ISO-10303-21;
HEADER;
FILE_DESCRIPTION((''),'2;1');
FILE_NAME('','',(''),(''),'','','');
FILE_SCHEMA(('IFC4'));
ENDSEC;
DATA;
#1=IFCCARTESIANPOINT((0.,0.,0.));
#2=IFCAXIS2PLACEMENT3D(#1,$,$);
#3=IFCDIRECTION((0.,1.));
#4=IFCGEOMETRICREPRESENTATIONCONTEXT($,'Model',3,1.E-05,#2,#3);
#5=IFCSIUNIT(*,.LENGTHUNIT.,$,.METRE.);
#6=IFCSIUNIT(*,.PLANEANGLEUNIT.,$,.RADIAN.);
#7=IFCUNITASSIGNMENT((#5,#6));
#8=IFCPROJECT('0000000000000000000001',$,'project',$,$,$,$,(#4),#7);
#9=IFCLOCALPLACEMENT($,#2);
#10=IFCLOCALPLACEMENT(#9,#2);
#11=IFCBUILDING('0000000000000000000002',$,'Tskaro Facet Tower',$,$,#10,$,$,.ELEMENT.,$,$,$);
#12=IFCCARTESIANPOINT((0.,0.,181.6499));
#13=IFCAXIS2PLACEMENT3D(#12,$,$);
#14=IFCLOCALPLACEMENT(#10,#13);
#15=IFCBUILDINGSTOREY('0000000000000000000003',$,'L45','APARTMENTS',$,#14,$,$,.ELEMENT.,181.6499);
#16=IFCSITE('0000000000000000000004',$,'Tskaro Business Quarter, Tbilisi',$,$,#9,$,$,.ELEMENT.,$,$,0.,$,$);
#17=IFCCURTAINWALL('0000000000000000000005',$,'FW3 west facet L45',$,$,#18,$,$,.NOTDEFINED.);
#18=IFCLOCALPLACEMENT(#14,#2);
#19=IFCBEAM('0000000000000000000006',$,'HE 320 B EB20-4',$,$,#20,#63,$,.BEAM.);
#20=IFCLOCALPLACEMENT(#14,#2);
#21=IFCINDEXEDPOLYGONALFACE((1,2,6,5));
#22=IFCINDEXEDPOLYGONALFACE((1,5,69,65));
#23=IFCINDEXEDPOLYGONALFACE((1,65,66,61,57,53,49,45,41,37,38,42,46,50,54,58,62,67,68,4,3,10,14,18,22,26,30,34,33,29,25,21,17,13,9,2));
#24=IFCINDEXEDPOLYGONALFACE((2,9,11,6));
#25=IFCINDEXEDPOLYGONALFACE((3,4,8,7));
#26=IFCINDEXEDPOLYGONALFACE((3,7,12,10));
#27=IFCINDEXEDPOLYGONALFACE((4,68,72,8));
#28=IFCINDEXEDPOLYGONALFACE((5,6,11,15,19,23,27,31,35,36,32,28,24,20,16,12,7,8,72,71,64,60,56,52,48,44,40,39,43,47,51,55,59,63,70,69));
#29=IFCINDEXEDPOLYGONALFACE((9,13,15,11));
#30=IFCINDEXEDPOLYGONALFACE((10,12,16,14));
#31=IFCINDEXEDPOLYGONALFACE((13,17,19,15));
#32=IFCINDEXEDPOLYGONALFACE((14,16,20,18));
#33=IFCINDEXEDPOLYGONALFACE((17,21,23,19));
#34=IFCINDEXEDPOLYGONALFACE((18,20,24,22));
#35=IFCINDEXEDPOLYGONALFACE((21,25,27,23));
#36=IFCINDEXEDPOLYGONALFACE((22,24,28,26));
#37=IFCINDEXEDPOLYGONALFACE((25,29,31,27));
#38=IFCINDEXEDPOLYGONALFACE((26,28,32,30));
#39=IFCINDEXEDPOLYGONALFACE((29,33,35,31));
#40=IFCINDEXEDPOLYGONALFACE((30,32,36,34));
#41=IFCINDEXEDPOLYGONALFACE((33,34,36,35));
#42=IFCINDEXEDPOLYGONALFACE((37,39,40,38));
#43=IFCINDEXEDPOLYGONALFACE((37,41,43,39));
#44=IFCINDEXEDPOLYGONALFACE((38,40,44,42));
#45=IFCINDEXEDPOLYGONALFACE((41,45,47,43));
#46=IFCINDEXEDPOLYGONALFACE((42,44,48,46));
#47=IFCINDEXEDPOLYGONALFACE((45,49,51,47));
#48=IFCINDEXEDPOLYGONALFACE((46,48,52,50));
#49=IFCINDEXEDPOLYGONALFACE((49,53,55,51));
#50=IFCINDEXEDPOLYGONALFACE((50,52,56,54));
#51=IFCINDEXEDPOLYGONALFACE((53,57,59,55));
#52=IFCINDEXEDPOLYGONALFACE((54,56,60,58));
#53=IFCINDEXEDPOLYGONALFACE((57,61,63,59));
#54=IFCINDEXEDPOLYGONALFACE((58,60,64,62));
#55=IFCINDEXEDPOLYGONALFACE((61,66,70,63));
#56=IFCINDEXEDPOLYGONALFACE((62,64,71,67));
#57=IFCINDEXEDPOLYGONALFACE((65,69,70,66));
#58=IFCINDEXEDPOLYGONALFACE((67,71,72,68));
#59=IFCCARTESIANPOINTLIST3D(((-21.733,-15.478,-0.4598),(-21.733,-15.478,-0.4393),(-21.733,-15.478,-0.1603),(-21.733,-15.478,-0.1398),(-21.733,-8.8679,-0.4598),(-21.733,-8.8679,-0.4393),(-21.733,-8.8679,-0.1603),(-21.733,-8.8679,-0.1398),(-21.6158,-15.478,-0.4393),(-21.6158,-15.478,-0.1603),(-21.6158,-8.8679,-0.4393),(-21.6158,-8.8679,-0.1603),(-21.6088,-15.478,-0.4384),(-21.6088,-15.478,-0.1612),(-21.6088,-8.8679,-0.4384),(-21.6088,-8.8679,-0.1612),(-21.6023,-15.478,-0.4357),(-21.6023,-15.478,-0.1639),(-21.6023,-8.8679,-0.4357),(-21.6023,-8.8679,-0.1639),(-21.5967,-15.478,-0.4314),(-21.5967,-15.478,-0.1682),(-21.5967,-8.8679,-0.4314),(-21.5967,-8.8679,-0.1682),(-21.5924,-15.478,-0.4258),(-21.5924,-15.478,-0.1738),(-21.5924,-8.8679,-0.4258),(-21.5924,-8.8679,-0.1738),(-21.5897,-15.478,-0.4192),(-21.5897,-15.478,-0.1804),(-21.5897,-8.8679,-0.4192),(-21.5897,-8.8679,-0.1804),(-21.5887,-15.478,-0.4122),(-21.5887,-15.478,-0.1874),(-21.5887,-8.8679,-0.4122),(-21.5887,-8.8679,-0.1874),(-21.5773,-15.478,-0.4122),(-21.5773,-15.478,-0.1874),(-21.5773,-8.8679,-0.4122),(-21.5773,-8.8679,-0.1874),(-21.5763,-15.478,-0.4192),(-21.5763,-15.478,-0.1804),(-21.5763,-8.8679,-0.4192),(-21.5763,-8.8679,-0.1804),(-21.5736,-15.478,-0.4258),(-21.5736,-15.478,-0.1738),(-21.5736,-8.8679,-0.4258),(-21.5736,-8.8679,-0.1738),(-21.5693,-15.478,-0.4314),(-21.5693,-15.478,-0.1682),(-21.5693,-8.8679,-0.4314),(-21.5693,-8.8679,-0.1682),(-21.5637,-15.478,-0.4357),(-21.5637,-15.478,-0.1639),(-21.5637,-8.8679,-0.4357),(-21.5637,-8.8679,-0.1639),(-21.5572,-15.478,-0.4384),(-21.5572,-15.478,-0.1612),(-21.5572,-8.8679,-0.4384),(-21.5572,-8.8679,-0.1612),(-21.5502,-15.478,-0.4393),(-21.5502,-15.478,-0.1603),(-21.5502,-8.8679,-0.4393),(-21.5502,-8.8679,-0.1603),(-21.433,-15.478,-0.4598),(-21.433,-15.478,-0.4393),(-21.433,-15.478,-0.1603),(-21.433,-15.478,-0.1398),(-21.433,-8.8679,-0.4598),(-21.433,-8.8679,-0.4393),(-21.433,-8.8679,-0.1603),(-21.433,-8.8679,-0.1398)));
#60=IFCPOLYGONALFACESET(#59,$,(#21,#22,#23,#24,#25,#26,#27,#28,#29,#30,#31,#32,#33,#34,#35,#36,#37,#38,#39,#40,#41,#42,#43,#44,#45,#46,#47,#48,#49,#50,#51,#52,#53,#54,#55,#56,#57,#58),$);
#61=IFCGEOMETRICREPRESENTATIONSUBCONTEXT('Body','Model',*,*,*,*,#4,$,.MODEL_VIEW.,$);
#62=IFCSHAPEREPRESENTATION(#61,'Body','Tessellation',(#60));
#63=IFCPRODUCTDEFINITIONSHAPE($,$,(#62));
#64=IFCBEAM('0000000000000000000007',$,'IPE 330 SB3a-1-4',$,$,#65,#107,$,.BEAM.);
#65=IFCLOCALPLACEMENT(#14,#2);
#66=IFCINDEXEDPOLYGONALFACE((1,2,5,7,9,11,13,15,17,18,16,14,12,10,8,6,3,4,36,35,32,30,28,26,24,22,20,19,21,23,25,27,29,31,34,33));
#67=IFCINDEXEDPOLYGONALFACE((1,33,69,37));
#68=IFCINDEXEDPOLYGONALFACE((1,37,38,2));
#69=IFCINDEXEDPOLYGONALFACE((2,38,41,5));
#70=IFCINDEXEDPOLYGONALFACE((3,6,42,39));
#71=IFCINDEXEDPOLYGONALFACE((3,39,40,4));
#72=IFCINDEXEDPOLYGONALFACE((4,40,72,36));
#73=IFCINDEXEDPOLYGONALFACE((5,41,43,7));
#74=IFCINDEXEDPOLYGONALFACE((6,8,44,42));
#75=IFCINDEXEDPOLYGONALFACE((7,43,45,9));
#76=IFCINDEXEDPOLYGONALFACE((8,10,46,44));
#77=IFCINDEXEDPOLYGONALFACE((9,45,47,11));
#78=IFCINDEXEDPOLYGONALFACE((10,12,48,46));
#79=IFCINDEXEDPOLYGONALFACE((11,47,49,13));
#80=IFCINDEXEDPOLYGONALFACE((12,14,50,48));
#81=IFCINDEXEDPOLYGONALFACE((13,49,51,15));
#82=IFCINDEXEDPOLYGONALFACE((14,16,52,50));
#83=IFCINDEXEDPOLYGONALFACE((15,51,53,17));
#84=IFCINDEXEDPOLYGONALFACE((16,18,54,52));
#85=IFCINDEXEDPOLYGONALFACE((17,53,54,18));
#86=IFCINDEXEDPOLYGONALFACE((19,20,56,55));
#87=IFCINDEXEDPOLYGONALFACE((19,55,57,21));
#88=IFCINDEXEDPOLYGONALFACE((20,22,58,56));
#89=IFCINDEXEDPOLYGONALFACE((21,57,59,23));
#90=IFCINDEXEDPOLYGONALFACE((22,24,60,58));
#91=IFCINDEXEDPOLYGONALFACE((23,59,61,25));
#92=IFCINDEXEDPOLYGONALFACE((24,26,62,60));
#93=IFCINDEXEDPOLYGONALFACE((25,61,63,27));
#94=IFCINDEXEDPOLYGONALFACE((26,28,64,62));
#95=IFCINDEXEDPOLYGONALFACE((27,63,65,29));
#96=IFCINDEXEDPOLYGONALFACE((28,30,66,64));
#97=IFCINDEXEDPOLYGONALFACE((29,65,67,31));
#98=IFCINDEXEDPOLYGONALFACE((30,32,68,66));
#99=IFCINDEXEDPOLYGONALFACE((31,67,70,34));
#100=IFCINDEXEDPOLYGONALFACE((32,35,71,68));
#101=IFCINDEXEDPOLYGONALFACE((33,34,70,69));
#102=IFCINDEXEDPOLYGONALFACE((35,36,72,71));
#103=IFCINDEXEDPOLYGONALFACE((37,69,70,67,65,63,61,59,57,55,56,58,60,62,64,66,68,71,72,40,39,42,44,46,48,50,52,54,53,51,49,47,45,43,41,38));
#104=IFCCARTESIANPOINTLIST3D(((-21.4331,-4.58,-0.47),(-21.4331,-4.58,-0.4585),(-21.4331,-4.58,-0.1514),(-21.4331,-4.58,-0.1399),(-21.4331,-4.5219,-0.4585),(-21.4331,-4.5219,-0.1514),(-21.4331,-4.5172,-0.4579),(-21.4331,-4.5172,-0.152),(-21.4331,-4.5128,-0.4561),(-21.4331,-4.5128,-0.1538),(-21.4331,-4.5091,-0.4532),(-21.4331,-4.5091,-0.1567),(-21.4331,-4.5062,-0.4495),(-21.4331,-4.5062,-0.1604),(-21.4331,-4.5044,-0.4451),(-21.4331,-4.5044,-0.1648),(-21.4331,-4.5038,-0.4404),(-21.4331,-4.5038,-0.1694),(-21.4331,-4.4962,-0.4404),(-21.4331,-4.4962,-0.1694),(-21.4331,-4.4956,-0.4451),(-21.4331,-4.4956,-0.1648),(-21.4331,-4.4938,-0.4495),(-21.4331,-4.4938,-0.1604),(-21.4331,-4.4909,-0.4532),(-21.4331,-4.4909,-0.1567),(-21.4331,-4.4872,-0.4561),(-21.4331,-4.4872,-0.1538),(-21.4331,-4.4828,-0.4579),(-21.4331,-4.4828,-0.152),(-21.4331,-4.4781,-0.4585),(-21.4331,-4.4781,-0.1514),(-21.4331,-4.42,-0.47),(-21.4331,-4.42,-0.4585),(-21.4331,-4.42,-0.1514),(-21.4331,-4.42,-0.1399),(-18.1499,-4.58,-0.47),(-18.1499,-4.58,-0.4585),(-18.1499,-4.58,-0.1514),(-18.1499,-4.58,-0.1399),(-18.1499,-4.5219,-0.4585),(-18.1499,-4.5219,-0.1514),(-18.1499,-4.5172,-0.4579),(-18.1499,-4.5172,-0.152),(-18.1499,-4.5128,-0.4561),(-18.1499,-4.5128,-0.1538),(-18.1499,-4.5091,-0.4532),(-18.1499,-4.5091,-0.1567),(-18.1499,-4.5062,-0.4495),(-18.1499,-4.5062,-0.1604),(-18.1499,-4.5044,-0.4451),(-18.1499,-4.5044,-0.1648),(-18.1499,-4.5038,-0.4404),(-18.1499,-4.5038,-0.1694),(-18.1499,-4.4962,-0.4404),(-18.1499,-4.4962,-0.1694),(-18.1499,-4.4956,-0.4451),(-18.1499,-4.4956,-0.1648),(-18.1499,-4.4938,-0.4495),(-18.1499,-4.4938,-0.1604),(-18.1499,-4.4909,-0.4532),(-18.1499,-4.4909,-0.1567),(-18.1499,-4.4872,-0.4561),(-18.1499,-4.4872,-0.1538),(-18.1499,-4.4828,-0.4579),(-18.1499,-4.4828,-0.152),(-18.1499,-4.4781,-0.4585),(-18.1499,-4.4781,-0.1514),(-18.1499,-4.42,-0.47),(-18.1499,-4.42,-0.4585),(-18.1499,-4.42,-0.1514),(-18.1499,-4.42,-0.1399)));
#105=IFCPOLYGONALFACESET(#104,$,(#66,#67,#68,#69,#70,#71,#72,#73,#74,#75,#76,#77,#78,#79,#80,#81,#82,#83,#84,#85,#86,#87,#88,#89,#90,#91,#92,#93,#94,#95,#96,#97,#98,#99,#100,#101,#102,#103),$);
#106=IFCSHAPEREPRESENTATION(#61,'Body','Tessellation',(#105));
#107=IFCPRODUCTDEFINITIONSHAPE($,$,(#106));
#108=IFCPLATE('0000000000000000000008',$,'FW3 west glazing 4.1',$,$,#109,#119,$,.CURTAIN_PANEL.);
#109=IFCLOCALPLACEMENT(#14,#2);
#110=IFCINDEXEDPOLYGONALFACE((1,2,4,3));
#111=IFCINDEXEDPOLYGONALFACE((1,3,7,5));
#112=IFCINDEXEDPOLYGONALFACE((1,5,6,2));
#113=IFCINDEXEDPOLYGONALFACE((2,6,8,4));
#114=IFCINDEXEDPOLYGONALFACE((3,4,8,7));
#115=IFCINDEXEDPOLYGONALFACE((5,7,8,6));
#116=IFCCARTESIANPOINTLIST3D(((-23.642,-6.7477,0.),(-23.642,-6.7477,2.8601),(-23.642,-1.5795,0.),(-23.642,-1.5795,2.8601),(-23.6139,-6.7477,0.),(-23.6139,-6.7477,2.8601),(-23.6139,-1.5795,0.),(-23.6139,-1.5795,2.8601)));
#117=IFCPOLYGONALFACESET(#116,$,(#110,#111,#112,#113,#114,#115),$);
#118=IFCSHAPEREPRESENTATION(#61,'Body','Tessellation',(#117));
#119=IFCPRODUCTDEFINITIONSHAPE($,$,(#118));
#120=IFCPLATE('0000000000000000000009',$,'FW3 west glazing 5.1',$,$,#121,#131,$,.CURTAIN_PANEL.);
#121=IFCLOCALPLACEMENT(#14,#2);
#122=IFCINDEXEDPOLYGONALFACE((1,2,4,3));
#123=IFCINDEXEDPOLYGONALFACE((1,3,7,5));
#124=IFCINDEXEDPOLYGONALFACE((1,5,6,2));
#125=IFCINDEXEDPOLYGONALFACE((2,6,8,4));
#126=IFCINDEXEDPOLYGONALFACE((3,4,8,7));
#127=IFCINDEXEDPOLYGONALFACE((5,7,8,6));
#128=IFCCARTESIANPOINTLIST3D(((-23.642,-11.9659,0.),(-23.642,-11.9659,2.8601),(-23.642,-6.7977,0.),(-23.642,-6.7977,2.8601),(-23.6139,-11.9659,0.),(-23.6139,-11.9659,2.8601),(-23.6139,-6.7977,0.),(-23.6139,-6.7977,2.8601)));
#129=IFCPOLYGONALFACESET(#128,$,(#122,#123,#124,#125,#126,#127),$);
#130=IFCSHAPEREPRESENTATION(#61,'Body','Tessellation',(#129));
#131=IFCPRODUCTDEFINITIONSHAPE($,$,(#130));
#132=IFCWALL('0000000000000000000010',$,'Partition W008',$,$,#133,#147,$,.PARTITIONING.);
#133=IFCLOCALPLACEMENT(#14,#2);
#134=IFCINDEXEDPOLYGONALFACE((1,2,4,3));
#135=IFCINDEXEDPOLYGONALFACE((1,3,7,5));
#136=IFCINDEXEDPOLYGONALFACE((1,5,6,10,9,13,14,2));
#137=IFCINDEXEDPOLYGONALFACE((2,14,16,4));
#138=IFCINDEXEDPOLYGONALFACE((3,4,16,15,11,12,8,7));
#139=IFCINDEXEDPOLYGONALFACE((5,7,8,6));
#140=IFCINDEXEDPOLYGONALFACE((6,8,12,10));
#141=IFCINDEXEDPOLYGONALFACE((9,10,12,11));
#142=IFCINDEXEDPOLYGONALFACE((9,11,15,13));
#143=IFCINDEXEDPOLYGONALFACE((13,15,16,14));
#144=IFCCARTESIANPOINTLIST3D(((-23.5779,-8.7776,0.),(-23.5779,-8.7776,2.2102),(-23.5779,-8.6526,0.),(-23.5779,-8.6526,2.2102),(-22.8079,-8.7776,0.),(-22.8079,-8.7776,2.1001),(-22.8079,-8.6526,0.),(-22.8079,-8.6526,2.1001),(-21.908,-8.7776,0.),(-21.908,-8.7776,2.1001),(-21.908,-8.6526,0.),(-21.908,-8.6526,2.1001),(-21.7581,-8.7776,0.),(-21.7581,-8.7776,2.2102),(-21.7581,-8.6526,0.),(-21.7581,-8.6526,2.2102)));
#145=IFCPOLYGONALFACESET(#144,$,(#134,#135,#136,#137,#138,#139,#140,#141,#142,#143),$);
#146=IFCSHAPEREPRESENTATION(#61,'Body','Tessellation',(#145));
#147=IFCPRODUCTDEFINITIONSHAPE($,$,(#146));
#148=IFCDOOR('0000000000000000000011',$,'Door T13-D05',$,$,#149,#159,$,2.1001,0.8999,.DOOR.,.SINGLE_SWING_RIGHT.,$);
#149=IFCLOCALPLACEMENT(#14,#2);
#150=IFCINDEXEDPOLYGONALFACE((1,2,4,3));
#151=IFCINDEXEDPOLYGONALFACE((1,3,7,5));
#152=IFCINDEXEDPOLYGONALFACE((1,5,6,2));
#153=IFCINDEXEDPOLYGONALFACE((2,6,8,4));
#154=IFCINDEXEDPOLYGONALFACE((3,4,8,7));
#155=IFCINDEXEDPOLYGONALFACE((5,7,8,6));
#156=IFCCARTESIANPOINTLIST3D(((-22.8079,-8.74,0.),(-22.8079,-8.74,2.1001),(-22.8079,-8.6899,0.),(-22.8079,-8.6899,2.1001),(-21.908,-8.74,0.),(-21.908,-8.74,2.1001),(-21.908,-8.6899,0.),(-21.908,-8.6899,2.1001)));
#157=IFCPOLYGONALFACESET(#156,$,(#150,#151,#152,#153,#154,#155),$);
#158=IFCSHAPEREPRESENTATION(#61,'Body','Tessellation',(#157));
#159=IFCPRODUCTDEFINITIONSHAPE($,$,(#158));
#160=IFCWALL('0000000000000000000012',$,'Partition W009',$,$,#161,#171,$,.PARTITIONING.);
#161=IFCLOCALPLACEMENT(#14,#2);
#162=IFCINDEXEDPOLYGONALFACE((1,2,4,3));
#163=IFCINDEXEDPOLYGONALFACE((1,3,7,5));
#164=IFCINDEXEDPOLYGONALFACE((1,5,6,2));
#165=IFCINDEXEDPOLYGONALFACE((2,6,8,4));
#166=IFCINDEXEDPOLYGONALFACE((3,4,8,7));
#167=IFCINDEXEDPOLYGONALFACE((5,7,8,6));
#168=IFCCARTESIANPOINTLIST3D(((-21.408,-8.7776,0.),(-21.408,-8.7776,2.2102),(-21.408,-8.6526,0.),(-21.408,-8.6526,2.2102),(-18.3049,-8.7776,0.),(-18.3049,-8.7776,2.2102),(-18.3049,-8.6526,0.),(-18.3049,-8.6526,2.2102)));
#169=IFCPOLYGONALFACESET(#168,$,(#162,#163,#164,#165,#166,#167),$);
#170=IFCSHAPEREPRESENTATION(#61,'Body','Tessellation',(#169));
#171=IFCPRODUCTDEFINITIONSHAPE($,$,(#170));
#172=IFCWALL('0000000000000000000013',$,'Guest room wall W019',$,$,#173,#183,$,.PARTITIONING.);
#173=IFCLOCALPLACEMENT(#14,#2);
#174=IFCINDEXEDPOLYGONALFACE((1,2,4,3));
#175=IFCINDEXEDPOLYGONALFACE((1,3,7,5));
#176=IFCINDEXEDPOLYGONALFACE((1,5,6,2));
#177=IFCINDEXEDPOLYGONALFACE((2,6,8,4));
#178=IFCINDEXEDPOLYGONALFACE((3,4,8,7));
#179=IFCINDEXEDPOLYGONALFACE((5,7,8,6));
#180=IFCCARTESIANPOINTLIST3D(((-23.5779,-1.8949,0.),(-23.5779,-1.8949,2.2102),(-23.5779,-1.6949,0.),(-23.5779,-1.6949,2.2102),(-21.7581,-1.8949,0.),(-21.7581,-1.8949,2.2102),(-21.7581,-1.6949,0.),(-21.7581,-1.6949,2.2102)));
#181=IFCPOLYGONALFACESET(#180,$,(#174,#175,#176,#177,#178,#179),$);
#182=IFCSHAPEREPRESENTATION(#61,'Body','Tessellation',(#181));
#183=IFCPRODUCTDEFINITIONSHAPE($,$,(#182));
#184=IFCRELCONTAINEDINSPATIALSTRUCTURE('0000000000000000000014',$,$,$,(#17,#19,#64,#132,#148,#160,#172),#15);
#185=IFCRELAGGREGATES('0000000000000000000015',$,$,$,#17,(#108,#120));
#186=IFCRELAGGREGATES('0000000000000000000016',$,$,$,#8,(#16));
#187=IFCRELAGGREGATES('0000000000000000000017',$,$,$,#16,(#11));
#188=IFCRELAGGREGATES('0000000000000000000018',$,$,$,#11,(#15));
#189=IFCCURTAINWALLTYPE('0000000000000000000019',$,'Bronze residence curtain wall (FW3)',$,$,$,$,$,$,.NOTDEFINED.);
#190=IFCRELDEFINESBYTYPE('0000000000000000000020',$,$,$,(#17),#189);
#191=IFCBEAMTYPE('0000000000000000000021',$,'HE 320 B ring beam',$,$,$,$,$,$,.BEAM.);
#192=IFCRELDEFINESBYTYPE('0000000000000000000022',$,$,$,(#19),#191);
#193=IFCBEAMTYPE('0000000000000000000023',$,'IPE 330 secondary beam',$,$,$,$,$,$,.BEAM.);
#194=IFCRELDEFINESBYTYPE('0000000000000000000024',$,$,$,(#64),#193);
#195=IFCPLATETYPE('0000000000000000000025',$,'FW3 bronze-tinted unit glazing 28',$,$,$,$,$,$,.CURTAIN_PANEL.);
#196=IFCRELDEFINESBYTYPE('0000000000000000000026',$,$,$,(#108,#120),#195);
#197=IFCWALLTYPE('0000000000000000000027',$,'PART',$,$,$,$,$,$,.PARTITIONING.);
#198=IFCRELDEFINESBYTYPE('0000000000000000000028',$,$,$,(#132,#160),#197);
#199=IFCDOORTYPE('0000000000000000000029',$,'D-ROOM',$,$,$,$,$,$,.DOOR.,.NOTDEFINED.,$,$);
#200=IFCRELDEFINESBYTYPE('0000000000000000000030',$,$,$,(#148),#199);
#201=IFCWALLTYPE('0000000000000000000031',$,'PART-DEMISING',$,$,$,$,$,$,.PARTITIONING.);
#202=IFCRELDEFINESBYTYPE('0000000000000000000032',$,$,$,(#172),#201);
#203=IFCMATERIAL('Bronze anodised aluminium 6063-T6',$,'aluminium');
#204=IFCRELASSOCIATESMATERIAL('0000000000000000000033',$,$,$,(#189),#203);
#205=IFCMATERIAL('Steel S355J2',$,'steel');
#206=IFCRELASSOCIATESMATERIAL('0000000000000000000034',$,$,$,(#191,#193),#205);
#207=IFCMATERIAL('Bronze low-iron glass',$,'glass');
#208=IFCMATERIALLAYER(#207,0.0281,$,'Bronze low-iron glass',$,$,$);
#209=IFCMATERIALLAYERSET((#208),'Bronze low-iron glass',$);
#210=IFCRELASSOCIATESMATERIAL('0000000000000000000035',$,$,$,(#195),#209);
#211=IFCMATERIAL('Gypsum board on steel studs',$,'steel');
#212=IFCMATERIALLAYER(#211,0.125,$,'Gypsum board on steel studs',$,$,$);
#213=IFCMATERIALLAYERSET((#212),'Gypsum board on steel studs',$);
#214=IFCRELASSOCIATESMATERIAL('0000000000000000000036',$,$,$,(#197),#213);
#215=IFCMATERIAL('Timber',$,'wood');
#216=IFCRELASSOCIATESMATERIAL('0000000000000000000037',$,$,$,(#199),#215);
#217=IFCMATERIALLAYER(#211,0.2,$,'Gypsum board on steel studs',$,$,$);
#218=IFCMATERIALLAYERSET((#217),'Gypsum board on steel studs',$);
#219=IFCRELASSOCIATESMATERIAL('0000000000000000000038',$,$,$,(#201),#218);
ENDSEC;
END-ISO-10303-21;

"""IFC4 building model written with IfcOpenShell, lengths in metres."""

from ifc_helpers import new_model, si_unit, direction, frame, frame_2d, origin, origin_2d, place, context, subcontext, project, spatial, rectangle, i_section, extrude, material, layer, layer_set, material_profile, profile_set, type_object, element, fill, aggregate, save


model = new_model("IFC4")

# Units and contexts
model_context = context("Model", 3, precision=1e-05, world=origin(), true_north=direction((0.0, 1.0)))
body_context = subcontext(model_context, "Body", "Model", "MODEL_VIEW")
ifc_project = project(units=[si_unit("LENGTHUNIT", "METRE"), si_unit("PLANEANGLEUNIT", "RADIAN")], contexts=[model_context])

# Site, building, storey
site_placement = place(None, origin())
site = spatial("IfcSite", under=ifc_project, at=site_placement, Name="Tskaro Business Quarter, Tbilisi", CompositionType="ELEMENT", RefElevation=0.0)
building_placement = place(site_placement, origin())
building = spatial("IfcBuilding", under=site, at=building_placement, Name="Tskaro Facet Tower", CompositionType="ELEMENT")
storey_placement = place(building_placement, frame((0.0, 0.0, 181.6499)))
storey = spatial("IfcBuildingStorey", under=building, at=storey_placement, Name="L45", Description="APARTMENTS", CompositionType="ELEMENT", Elevation=181.6499)

# Curtain wall
ifc_material_1 = material(Name="Bronze anodised aluminium 6063-T6", Category="aluminium")
curtain_wall_type = type_object("IfcCurtainWallType", Name="Bronze residence curtain wall (FW3)", PredefinedType="NOTDEFINED", material=ifc_material_1)
curtain_wall_placement = place(storey_placement, origin())
curtain_wall = element("IfcCurtainWall", 1, at=curtain_wall_placement, inside=storey, type_object=curtain_wall_type, Name="FW3 west facet L45", PredefinedType="NOTDEFINED")

# Beams
ifc_material_2 = material(Name="Steel S355J2", Category="steel")
ifc_material_profile_1 = material_profile(ifc_material_2, i_section(OverallWidth=0.3, OverallDepth=0.3201, WebThickness=0.0115, FlangeThickness=0.0205, FilletRadius=0.0271, at=origin_2d()), Name="HE 320 B")
ifc_profile_set_1 = profile_set([ifc_material_profile_1], Name="Steel S355J2")
beam_type_1 = type_object("IfcBeamType", Name="HE 320 B ring beam", PredefinedType="BEAM", material=ifc_profile_set_1)
for number, where, z_axis, x_axis, name in (
    (2, (-21.583, -8.8679, -0.2998), (0.0, -1.0, 0.0), (1.0, 0.0, 0.0), "HE 320 B EB20-4"),
):
    element("IfcBeam", number, at=place(storey_placement, frame(where, z_axis=z_axis, x_axis=x_axis)), inside=storey, type_object=beam_type_1, Name=name, PredefinedType="BEAM", context=body_context, shape_type="SweptSolid", body=[
        extrude(i_section(OverallWidth=0.3, OverallDepth=0.3201, WebThickness=0.0115, FlangeThickness=0.0205, FilletRadius=0.0271, at=origin_2d()), origin(), (0.0, 0.0, 1.0), 6.6101),
    ])
ifc_material_profile_2 = material_profile(ifc_material_2, i_section(OverallWidth=0.1599, OverallDepth=0.3301, WebThickness=0.0076, FlangeThickness=0.0115, FilletRadius=0.0181, at=origin_2d()), Name="IPE 330")
ifc_profile_set_2 = profile_set([ifc_material_profile_2], Name="Steel S355J2")
beam_type_2 = type_object("IfcBeamType", Name="IPE 330 secondary beam", PredefinedType="BEAM", material=ifc_profile_set_2)
beam_placement = place(storey_placement, frame((-21.4331, -4.5, -0.3049), z_axis=(1.0, 0.0, 0.0), x_axis=(0.0, 1.0, 0.0)))
element("IfcBeam", 3, at=beam_placement, inside=storey, type_object=beam_type_2, Name="IPE 330 SB3a-1-4", PredefinedType="BEAM", context=body_context, shape_type="SweptSolid", body=[
    extrude(i_section(OverallWidth=0.1599, OverallDepth=0.3301, WebThickness=0.0076, FlangeThickness=0.0115, FilletRadius=0.0181, at=origin_2d()), origin(), (0.0, 0.0, 1.0), 3.2832),
])

# Plates
ifc_material_3 = material(Name="Bronze low-iron glass", Category="glass")
ifc_layer_1 = layer(ifc_material_3, 0.0281, Name="Bronze low-iron glass")
ifc_layer_set_1 = layer_set([ifc_layer_1], Name="Bronze low-iron glass")
plate_type = type_object("IfcPlateType", Name="FW3 bronze-tinted unit glazing 28", PredefinedType="CURTAIN_PANEL", material=ifc_layer_set_1)
plate_1_placement = place(storey_placement, frame((-23.6279, -4.1636, 0.0), z_axis=(0.0, 0.0, 1.0), x_axis=(0.0, -1.0, 0.0)))
plate_1 = element("IfcPlate", 4, at=plate_1_placement, type_object=plate_type, Name="FW3 west glazing 4.1", PredefinedType="CURTAIN_PANEL", context=body_context, shape_type="SweptSolid", body=[
    extrude(rectangle(XDim=5.1682, YDim=0.0281, at=origin_2d()), origin(), (0.0, 0.0, 1.0), 2.8601),
])
plate_2_placement = place(storey_placement, frame((-23.6279, -9.3818, 0.0), z_axis=(0.0, 0.0, 1.0), x_axis=(0.0, -1.0, 0.0)))
plate_2 = element("IfcPlate", 5, at=plate_2_placement, type_object=plate_type, Name="FW3 west glazing 5.1", PredefinedType="CURTAIN_PANEL", context=body_context, shape_type="SweptSolid", body=[
    extrude(rectangle(XDim=5.1682, YDim=0.0281, at=origin_2d()), origin(), (0.0, 0.0, 1.0), 2.8601),
])
aggregate(curtain_wall, [plate_1, plate_2])

# Wall, opening, door
ifc_material_4 = material(Name="Gypsum board on steel studs", Category="steel")
ifc_layer_2 = layer(ifc_material_4, 0.125, Name="Gypsum board on steel studs")
ifc_layer_set_2 = layer_set([ifc_layer_2], Name="Gypsum board on steel studs")
wall_type_1 = type_object("IfcWallType", Name="PART", PredefinedType="PARTITIONING", material=ifc_layer_set_2)
wall_1_placement = place(storey_placement, frame((-21.7581, -8.7151, 0.0), z_axis=(0.0, 0.0, 1.0), x_axis=(-1.0, 0.0, 0.0)))
wall_1 = element("IfcWall", 6, at=wall_1_placement, inside=storey, type_object=wall_type_1, Name="Partition W008", PredefinedType="PARTITIONING", context=body_context, shape_type="SweptSolid", body=[
    extrude(rectangle(XDim=1.8198, YDim=0.125, at=frame_2d((0.9099, 0.0))), origin(), (0.0, 0.0, 1.0), 2.2102),
])
opening_placement = place(wall_1_placement, frame((0.1499, 0.0, 0.0)))
opening = element("IfcOpeningElement", 7, at=opening_placement, cuts=wall_1, PredefinedType="OPENING", context=body_context, shape_type="SweptSolid", body=[
    extrude(rectangle(XDim=0.8999, YDim=2.1001, at=frame_2d((0.45, 1.05))), frame((0.0, 0.0725, 0.0), z_axis=(0.0, -1.0, 0.0), x_axis=(1.0, 0.0, 0.0)), (0.0, 0.0, 1.0), 0.145),
])
ifc_material_5 = material(Name="Timber", Category="wood")
door_type = type_object("IfcDoorType", Name="D-ROOM", OperationType="NOTDEFINED", PredefinedType="DOOR", material=ifc_material_5)
door_placement = place(opening_placement, origin())
door = element("IfcDoor", 8, at=door_placement, inside=storey, type_object=door_type, Name="Door T13-D05", OperationType="SINGLE_SWING_RIGHT", OverallHeight=2.1001, OverallWidth=0.8999, PredefinedType="DOOR", context=body_context, shape_type="SweptSolid", body=[
    extrude(rectangle(XDim=0.8999, YDim=2.1001, at=frame_2d((0.45, 1.05))), frame((0.0, 0.0249, 0.0), z_axis=(0.0, -1.0, 0.0), x_axis=(1.0, 0.0, 0.0)), (0.0, 0.0, 1.0), 0.05),
])
fill(opening, door)

# Walls
wall_2_placement = place(storey_placement, frame((-21.408, -8.7151, 0.0), z_axis=(0.0, 0.0, 1.0), x_axis=(1.0, 0.0, 0.0)))
element("IfcWall", 9, at=wall_2_placement, inside=storey, type_object=wall_type_1, Name="Partition W009", PredefinedType="PARTITIONING", context=body_context, shape_type="SweptSolid", body=[
    extrude(rectangle(XDim=3.103, YDim=0.125, at=frame_2d((1.5515, 0.0))), origin(), (0.0, 0.0, 1.0), 2.2102),
])
ifc_layer_3 = layer(ifc_material_4, 0.2, Name="Gypsum board on steel studs")
ifc_layer_set_3 = layer_set([ifc_layer_3], Name="Gypsum board on steel studs")
wall_type_2 = type_object("IfcWallType", Name="PART-DEMISING", PredefinedType="PARTITIONING", material=ifc_layer_set_3)
wall_3_placement = place(storey_placement, frame((-23.5779, -1.7949, 0.0), z_axis=(0.0, 0.0, 1.0), x_axis=(1.0, 0.0, 0.0)))
element("IfcWall", 10, at=wall_3_placement, inside=storey, type_object=wall_type_2, Name="Guest room wall W019", PredefinedType="PARTITIONING", context=body_context, shape_type="SweptSolid", body=[
    extrude(rectangle(XDim=1.8198, YDim=0.2, at=frame_2d((0.9099, 0.0))), origin(), (0.0, 0.0, 1.0), 2.2102),
])

save(model, "model.ifc")
